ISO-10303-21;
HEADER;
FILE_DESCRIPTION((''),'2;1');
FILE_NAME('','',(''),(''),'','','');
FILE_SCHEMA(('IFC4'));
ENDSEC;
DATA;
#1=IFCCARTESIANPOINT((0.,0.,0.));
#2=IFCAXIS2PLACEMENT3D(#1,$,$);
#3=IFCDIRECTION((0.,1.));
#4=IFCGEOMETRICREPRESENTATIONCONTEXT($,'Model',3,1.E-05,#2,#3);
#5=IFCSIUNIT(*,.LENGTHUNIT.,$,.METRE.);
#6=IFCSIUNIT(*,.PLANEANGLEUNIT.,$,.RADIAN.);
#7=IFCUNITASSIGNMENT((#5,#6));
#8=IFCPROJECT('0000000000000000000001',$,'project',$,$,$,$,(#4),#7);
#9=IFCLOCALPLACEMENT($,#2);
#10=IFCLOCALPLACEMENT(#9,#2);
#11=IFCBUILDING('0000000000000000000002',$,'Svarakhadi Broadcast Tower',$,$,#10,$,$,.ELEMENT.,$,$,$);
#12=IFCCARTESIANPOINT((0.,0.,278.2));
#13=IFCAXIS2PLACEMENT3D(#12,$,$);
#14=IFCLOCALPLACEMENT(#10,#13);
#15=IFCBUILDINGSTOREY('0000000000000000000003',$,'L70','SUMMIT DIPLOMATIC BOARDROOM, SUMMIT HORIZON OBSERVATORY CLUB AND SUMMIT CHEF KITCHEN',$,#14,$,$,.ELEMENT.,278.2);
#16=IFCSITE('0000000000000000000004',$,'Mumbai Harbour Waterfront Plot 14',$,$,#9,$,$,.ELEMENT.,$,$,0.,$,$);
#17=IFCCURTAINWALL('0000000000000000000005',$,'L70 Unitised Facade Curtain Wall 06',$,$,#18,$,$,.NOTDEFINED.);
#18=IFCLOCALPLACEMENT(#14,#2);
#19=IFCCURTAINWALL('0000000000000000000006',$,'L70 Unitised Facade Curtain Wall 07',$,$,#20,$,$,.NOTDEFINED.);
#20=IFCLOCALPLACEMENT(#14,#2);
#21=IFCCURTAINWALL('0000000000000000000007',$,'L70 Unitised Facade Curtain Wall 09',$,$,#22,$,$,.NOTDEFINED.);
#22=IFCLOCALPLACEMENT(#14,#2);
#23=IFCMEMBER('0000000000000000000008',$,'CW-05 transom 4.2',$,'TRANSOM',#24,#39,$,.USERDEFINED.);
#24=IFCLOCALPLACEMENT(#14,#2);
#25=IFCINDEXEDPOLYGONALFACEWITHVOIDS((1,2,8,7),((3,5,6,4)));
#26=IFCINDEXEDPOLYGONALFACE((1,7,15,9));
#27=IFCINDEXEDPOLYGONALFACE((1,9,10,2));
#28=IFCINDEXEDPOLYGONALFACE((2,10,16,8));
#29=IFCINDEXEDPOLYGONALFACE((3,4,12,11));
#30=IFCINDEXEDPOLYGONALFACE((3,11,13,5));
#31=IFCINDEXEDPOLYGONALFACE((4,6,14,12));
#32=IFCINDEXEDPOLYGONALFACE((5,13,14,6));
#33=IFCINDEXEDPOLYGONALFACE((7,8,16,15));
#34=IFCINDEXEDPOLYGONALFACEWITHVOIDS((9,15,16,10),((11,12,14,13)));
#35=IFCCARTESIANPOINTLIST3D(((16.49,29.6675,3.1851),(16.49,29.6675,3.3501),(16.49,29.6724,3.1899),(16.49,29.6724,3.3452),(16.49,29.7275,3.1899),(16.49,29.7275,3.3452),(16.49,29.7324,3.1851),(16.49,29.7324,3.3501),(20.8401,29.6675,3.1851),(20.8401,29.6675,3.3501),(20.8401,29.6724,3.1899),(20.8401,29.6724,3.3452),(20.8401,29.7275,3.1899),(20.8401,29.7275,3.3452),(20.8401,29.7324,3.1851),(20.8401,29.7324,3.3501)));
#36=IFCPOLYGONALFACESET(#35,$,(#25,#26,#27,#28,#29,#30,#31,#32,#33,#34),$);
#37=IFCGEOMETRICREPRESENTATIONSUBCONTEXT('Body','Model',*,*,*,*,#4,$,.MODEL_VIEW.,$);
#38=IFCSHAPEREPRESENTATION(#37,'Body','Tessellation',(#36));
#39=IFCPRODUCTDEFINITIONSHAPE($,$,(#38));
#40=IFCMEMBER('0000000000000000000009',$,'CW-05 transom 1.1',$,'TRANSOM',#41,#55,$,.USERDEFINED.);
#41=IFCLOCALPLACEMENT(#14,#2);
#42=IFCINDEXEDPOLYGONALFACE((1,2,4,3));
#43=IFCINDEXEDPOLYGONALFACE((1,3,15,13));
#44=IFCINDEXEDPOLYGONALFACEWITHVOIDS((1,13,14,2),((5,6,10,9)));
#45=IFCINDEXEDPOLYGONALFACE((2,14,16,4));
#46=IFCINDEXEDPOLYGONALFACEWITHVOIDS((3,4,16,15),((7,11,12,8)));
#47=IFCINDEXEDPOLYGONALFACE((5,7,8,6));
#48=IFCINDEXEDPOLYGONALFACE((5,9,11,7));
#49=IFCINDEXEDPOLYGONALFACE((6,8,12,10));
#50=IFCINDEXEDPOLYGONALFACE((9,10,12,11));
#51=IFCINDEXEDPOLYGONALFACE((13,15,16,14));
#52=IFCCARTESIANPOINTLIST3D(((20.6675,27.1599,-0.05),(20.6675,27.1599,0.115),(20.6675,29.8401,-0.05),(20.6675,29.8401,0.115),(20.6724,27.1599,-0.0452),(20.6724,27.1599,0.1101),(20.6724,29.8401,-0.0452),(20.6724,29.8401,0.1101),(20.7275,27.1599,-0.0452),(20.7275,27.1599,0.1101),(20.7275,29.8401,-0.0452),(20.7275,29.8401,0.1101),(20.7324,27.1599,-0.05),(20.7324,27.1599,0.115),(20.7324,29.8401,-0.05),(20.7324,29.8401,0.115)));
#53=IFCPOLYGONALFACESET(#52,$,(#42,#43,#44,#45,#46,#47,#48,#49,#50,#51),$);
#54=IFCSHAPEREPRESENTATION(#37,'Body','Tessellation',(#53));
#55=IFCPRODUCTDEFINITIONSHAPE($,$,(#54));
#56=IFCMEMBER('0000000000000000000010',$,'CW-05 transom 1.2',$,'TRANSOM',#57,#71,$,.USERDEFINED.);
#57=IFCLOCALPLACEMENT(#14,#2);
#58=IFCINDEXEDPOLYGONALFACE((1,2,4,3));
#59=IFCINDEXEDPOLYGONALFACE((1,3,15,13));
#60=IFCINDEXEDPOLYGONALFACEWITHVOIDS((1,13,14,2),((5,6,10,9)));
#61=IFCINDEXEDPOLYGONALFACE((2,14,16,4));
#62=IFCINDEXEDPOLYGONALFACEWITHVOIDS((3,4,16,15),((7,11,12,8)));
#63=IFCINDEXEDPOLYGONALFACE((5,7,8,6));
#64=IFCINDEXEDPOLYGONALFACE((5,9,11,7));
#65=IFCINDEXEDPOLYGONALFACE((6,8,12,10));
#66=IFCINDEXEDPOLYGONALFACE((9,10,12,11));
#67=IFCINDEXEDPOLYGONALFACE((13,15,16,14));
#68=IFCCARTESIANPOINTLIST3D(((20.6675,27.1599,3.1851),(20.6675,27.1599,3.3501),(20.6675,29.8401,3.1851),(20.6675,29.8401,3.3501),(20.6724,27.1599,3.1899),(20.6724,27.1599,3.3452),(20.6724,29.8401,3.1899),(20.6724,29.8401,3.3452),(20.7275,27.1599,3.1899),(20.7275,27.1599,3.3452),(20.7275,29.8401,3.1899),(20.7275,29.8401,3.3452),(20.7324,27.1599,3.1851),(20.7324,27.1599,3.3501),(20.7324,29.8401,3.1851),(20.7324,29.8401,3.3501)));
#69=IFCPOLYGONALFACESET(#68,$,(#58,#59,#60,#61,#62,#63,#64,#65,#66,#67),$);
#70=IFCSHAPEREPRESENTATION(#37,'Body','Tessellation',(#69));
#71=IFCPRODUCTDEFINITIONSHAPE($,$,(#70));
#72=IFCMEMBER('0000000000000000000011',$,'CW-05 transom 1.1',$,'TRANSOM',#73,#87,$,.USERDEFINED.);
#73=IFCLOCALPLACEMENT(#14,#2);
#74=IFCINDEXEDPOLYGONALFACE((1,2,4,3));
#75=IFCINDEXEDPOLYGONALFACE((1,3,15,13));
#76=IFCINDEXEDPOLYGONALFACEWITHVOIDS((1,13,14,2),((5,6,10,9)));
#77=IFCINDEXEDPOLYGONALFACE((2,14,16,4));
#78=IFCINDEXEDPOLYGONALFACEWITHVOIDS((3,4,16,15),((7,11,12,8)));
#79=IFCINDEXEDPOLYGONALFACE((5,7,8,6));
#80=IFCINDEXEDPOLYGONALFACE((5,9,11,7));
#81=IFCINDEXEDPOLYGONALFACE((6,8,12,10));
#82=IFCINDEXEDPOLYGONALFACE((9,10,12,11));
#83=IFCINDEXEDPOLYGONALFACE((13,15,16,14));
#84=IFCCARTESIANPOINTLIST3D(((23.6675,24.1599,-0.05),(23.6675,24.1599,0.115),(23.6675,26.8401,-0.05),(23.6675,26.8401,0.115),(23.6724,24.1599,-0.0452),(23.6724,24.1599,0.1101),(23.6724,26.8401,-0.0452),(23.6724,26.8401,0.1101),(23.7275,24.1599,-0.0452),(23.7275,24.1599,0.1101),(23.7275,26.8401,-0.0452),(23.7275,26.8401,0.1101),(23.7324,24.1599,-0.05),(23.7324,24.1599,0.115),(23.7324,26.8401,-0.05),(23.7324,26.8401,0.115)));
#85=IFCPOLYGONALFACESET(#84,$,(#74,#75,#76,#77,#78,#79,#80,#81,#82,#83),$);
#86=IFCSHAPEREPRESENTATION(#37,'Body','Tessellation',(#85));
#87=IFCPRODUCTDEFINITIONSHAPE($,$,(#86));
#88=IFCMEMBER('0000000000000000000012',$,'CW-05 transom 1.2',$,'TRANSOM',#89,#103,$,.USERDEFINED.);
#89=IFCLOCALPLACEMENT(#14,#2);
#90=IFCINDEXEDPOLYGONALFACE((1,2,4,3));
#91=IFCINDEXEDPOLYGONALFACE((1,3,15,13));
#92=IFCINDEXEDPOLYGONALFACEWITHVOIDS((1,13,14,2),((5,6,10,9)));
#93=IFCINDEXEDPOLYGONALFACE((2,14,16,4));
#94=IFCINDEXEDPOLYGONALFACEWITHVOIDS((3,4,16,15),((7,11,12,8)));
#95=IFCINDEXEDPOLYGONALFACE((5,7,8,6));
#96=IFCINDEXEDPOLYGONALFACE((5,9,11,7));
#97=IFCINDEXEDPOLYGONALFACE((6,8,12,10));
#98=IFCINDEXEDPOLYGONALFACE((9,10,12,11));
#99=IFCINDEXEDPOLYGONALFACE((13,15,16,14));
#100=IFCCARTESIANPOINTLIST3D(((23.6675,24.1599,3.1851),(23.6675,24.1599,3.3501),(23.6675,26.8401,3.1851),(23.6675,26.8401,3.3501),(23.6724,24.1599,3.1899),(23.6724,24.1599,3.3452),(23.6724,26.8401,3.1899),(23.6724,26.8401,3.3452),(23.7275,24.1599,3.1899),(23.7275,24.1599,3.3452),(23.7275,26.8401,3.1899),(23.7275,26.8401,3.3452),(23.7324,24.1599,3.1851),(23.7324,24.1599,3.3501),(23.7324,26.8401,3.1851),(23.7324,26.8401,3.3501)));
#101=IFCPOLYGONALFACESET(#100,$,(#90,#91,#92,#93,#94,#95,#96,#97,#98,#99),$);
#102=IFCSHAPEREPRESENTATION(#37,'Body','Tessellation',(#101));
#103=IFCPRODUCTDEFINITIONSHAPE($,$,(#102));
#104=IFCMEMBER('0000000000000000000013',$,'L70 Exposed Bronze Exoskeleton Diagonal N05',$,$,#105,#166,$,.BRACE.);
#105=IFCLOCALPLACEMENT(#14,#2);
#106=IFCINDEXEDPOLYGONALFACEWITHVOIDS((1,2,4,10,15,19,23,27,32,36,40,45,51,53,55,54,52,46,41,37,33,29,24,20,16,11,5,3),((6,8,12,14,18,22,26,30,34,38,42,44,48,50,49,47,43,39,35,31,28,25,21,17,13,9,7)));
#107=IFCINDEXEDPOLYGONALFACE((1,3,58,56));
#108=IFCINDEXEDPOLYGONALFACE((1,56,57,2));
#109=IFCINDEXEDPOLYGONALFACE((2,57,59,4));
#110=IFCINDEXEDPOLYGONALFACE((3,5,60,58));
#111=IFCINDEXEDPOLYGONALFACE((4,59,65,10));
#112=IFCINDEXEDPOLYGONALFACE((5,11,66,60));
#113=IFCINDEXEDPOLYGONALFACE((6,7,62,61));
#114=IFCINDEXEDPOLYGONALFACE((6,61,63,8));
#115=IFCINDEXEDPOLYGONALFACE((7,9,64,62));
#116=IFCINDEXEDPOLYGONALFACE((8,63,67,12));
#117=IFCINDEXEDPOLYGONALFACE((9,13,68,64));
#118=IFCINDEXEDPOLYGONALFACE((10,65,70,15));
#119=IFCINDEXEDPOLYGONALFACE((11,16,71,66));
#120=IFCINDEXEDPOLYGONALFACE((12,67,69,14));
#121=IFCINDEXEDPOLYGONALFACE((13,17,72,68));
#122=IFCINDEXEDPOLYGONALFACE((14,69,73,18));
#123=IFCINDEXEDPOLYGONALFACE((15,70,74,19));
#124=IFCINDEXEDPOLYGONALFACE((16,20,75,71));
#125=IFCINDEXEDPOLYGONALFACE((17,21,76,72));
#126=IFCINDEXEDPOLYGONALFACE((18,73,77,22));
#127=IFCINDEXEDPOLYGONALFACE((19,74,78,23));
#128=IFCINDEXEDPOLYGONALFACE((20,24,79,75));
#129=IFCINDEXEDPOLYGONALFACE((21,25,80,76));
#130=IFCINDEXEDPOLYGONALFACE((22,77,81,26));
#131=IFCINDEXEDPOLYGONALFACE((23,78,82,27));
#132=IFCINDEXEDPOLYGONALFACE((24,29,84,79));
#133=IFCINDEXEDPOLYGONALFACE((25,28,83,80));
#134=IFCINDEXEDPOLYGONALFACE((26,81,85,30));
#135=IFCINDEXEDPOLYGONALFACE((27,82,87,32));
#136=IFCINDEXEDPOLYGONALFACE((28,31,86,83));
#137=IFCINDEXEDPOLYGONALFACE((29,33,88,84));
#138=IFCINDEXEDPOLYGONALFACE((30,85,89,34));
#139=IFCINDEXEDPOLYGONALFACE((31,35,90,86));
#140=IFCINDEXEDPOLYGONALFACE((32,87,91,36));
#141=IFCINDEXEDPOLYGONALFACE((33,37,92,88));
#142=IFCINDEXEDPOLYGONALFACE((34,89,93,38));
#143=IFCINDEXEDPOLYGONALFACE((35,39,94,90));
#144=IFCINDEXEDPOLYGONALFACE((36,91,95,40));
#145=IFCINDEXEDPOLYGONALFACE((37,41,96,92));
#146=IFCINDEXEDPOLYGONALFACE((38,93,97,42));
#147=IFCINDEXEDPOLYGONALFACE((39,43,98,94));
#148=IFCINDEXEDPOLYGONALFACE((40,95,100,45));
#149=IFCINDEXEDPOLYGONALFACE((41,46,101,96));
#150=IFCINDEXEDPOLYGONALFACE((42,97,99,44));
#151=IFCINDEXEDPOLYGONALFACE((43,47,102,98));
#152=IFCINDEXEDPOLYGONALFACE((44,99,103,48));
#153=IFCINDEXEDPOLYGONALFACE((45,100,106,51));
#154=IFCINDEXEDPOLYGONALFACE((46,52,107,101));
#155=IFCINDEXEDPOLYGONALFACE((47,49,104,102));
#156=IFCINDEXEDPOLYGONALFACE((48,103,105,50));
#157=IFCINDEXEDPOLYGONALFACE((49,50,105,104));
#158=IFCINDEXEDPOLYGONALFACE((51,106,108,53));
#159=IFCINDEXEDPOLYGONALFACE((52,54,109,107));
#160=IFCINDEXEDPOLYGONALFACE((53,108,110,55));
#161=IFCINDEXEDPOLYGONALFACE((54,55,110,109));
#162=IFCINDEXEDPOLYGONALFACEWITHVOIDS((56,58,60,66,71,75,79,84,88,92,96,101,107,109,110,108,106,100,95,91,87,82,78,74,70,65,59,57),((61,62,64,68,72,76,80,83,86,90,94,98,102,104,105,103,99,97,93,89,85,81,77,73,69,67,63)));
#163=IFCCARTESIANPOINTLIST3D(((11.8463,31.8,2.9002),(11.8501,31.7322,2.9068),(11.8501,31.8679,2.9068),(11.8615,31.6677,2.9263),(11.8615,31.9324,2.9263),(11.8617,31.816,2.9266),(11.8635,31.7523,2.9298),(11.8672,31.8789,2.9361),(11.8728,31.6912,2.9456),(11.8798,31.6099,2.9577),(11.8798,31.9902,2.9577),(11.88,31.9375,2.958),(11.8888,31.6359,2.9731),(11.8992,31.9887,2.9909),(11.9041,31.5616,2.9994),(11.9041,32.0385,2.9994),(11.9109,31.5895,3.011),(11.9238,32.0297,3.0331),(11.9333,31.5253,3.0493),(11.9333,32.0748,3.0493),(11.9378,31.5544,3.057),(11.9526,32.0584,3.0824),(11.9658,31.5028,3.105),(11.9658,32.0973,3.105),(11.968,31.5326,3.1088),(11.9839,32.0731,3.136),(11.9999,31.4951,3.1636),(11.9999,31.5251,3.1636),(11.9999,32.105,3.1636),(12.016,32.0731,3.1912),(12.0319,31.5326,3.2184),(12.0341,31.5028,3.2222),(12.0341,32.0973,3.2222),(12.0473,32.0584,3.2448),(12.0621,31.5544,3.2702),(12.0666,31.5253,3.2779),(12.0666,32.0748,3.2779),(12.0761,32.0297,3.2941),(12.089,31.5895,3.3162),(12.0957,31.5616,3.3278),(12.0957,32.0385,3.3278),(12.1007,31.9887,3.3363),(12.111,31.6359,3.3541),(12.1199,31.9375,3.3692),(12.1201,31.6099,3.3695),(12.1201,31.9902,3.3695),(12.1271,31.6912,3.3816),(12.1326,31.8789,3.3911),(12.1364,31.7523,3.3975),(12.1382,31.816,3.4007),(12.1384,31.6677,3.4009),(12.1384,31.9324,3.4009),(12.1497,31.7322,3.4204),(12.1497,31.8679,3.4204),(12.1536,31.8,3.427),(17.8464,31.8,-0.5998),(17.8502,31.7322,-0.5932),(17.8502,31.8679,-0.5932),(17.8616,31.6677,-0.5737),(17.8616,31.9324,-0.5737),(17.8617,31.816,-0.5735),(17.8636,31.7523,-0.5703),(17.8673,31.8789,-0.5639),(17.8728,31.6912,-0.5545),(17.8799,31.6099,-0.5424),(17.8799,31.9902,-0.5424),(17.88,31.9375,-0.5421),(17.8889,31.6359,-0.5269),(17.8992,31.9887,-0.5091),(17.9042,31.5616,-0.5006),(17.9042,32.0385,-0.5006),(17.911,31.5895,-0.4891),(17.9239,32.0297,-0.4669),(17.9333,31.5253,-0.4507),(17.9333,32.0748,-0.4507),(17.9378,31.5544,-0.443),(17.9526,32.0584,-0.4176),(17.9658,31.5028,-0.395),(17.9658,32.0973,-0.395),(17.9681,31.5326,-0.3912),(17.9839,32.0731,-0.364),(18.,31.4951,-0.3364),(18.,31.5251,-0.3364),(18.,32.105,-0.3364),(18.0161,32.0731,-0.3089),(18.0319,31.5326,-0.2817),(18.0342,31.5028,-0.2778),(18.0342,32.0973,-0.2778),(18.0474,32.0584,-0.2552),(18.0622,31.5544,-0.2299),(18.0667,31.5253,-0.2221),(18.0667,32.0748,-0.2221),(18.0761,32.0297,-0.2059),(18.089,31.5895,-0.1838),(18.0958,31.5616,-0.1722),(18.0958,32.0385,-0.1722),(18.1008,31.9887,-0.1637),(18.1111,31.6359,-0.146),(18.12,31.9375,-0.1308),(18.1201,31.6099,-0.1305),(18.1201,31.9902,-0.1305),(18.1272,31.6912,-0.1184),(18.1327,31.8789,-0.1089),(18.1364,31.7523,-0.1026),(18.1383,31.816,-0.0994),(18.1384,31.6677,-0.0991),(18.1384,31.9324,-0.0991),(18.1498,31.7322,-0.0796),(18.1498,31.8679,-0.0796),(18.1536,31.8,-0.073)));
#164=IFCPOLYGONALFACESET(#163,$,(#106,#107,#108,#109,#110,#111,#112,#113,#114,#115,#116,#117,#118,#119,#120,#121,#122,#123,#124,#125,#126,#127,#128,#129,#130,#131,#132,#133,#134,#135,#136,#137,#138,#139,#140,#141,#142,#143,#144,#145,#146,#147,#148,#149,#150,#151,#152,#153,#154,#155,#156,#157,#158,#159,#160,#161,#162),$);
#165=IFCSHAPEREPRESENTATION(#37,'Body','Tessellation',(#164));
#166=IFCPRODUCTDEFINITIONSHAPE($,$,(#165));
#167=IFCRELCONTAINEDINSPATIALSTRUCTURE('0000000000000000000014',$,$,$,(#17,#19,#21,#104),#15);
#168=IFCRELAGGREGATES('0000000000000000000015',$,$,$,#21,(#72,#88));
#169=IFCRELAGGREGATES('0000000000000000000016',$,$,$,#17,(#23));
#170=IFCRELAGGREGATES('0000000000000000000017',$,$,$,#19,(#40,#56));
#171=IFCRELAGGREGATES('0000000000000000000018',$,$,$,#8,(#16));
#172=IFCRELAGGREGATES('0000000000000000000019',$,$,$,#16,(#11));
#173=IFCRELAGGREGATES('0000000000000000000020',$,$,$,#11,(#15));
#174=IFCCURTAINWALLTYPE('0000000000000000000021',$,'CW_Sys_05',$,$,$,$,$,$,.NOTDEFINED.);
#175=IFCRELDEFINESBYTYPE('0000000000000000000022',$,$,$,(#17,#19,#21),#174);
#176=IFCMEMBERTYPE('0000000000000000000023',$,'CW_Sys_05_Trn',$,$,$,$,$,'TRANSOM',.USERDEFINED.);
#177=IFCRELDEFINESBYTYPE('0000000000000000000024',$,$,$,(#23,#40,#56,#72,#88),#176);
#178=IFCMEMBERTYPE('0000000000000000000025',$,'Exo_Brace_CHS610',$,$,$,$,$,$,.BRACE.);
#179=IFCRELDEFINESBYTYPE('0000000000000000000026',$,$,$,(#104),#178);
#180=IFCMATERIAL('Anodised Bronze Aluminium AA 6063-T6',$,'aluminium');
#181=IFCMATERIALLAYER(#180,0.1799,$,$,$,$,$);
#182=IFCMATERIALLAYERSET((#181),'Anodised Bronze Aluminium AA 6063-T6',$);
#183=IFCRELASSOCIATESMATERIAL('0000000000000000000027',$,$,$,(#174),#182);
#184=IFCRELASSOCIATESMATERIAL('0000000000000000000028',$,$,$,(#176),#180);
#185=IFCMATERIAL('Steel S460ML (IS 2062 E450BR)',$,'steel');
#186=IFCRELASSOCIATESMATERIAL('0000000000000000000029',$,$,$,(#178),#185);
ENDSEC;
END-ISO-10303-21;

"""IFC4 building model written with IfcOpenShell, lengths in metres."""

from ifc_helpers import new_model, si_unit, direction, frame, origin, origin_2d, place, context, subcontext, project, spatial, hollow_rectangle, hollow_circle, extrude, material, layer, layer_set, material_profile, profile_set, type_object, element, aggregate, save


model = new_model("IFC4")

# Units and contexts
model_context = context("Model", 3, precision=1e-05, world=origin(), true_north=direction((0.0, 1.0)))
body_context = subcontext(model_context, "Body", "Model", "MODEL_VIEW")
ifc_project = project(units=[si_unit("LENGTHUNIT", "METRE"), si_unit("PLANEANGLEUNIT", "RADIAN")], contexts=[model_context])

# Site, building, storey
site_placement = place(None, origin())
site = spatial("IfcSite", under=ifc_project, at=site_placement, Name="Mumbai Harbour Waterfront Plot 14", CompositionType="ELEMENT", RefElevation=0.0)
building_placement = place(site_placement, origin())
building = spatial("IfcBuilding", under=site, at=building_placement, Name="Svarakhadi Broadcast Tower", CompositionType="ELEMENT")
storey_placement = place(building_placement, frame((0.0, 0.0, 278.2)))
storey = spatial("IfcBuildingStorey", under=building, at=storey_placement, Name="L70", Description="SUMMIT DIPLOMATIC BOARDROOM, SUMMIT HORIZON OBSERVATORY CLUB AND SUMMIT CHEF KITCHEN", CompositionType="ELEMENT", Elevation=278.2)

# Shared definitions
ifc_material_1 = material(Name="Steel S460ML (IS 2062 E450BR)", Category="steel")

# Curtain walls
ifc_material_2 = material(Name="Anodised Bronze Aluminium AA 6063-T6", Category="aluminium")
ifc_layer_1 = layer(ifc_material_2, 0.1799)
ifc_layer_set_1 = layer_set([ifc_layer_1], Name="Anodised Bronze Aluminium AA 6063-T6")
curtain_wall_type = type_object("IfcCurtainWallType", Name="CW_Sys_05", PredefinedType="NOTDEFINED", material=ifc_layer_set_1)
curtain_wall_1_placement = place(storey_placement, origin())
curtain_wall_1 = element("IfcCurtainWall", 1, at=curtain_wall_1_placement, inside=storey, type_object=curtain_wall_type, Name="L70 Unitised Facade Curtain Wall 06", PredefinedType="NOTDEFINED")
curtain_wall_2_placement = place(storey_placement, origin())
curtain_wall_2 = element("IfcCurtainWall", 2, at=curtain_wall_2_placement, inside=storey, type_object=curtain_wall_type, Name="L70 Unitised Facade Curtain Wall 07", PredefinedType="NOTDEFINED")

# Curtain wall
curtain_wall_3_placement = place(storey_placement, origin())
curtain_wall_3 = element("IfcCurtainWall", 3, at=curtain_wall_3_placement, inside=storey, type_object=curtain_wall_type, Name="L70 Unitised Facade Curtain Wall 09", PredefinedType="NOTDEFINED")

# Members
ifc_material_profile_1 = material_profile(ifc_material_2, hollow_rectangle(XDim=0.0649, YDim=0.165, WallThickness=0.0049, at=origin_2d()), Name="ALU TRANSOM 165x65x5")
ifc_profile_set_1 = profile_set([ifc_material_profile_1], Name="Anodised Bronze Aluminium AA 6063-T6")
member_type_1 = type_object("IfcMemberType", Name="CW_Sys_05_Trn", ElementType="TRANSOM", PredefinedType="USERDEFINED", material=ifc_profile_set_1)
member_1_placement = place(storey_placement, frame((16.49, 29.7, 3.2676), z_axis=(1.0, 0.0, 0.0), x_axis=(0.0, 1.0, 0.0)))
member_1 = element("IfcMember", 4, at=member_1_placement, type_object=member_type_1, Name="CW-05 transom 4.2", ObjectType="TRANSOM", PredefinedType="USERDEFINED", context=body_context, shape_type="SweptSolid", body=[
    extrude(hollow_rectangle(XDim=0.0649, YDim=0.165, WallThickness=0.0049, at=origin_2d()), origin(), (0.0, 0.0, 1.0), 4.3501),
])
member_2_placement = place(storey_placement, frame((20.7, 29.8401, 0.0325), z_axis=(0.0, -1.0, 0.0), x_axis=(1.0, 0.0, 0.0)))
member_2 = element("IfcMember", 5, at=member_2_placement, type_object=member_type_1, Name="CW-05 transom 1.1", ObjectType="TRANSOM", PredefinedType="USERDEFINED", context=body_context, shape_type="SweptSolid", body=[
    extrude(hollow_rectangle(XDim=0.0649, YDim=0.165, WallThickness=0.0049, at=origin_2d()), origin(), (0.0, 0.0, 1.0), 2.6802),
])
member_3_placement = place(storey_placement, frame((20.7, 29.8401, 3.2676), z_axis=(0.0, -1.0, 0.0), x_axis=(1.0, 0.0, 0.0)))
member_3 = element("IfcMember", 6, at=member_3_placement, type_object=member_type_1, Name="CW-05 transom 1.2", ObjectType="TRANSOM", PredefinedType="USERDEFINED", context=body_context, shape_type="SweptSolid", body=[
    extrude(hollow_rectangle(XDim=0.0649, YDim=0.165, WallThickness=0.0049, at=origin_2d()), origin(), (0.0, 0.0, 1.0), 2.6802),
])
member_4_placement = place(storey_placement, frame((23.7, 26.8401, 0.0325), z_axis=(0.0, -1.0, 0.0), x_axis=(1.0, 0.0, 0.0)))
member_4 = element("IfcMember", 7, at=member_4_placement, type_object=member_type_1, Name="CW-05 transom 1.1", ObjectType="TRANSOM", PredefinedType="USERDEFINED", context=body_context, shape_type="SweptSolid", body=[
    extrude(hollow_rectangle(XDim=0.0649, YDim=0.165, WallThickness=0.0049, at=origin_2d()), origin(), (0.0, 0.0, 1.0), 2.6802),
])
member_5_placement = place(storey_placement, frame((23.7, 26.8401, 3.2676), z_axis=(0.0, -1.0, 0.0), x_axis=(1.0, 0.0, 0.0)))
member_5 = element("IfcMember", 8, at=member_5_placement, type_object=member_type_1, Name="CW-05 transom 1.2", ObjectType="TRANSOM", PredefinedType="USERDEFINED", context=body_context, shape_type="SweptSolid", body=[
    extrude(hollow_rectangle(XDim=0.0649, YDim=0.165, WallThickness=0.0049, at=origin_2d()), origin(), (0.0, 0.0, 1.0), 2.6802),
])
aggregate(curtain_wall_3, [member_4, member_5])

# Member
ifc_material_profile_2 = material_profile(ifc_material_1, hollow_circle(Radius=0.3049, WallThickness=0.03, at=origin_2d()), Name="CHS 610x30")
ifc_profile_set_2 = profile_set([ifc_material_profile_2], Name="Steel S460ML (IS 2062 E450BR)")
member_type_2 = type_object("IfcMemberType", Name="Exo_Brace_CHS610", PredefinedType="BRACE", material=ifc_profile_set_2)
member_6_placement = place(storey_placement, frame((18.0, 31.8, -0.3364), z_axis=(-0.863779, 0.0, 0.503871), x_axis=(0.0, -1.0, 0.0)))
element("IfcMember", 9, at=member_6_placement, inside=storey, type_object=member_type_2, Name="L70 Exposed Bronze Exoskeleton Diagonal N05", PredefinedType="BRACE", context=body_context, shape_type="SweptSolid", body=[
    extrude(hollow_circle(Radius=0.3049, WallThickness=0.03, at=origin_2d()), origin(), (0.0, 0.0, 1.0), 6.9463),
])

aggregate(curtain_wall_1, [member_1])
aggregate(curtain_wall_2, [member_2, member_3])

save(model, "model.ifc")
